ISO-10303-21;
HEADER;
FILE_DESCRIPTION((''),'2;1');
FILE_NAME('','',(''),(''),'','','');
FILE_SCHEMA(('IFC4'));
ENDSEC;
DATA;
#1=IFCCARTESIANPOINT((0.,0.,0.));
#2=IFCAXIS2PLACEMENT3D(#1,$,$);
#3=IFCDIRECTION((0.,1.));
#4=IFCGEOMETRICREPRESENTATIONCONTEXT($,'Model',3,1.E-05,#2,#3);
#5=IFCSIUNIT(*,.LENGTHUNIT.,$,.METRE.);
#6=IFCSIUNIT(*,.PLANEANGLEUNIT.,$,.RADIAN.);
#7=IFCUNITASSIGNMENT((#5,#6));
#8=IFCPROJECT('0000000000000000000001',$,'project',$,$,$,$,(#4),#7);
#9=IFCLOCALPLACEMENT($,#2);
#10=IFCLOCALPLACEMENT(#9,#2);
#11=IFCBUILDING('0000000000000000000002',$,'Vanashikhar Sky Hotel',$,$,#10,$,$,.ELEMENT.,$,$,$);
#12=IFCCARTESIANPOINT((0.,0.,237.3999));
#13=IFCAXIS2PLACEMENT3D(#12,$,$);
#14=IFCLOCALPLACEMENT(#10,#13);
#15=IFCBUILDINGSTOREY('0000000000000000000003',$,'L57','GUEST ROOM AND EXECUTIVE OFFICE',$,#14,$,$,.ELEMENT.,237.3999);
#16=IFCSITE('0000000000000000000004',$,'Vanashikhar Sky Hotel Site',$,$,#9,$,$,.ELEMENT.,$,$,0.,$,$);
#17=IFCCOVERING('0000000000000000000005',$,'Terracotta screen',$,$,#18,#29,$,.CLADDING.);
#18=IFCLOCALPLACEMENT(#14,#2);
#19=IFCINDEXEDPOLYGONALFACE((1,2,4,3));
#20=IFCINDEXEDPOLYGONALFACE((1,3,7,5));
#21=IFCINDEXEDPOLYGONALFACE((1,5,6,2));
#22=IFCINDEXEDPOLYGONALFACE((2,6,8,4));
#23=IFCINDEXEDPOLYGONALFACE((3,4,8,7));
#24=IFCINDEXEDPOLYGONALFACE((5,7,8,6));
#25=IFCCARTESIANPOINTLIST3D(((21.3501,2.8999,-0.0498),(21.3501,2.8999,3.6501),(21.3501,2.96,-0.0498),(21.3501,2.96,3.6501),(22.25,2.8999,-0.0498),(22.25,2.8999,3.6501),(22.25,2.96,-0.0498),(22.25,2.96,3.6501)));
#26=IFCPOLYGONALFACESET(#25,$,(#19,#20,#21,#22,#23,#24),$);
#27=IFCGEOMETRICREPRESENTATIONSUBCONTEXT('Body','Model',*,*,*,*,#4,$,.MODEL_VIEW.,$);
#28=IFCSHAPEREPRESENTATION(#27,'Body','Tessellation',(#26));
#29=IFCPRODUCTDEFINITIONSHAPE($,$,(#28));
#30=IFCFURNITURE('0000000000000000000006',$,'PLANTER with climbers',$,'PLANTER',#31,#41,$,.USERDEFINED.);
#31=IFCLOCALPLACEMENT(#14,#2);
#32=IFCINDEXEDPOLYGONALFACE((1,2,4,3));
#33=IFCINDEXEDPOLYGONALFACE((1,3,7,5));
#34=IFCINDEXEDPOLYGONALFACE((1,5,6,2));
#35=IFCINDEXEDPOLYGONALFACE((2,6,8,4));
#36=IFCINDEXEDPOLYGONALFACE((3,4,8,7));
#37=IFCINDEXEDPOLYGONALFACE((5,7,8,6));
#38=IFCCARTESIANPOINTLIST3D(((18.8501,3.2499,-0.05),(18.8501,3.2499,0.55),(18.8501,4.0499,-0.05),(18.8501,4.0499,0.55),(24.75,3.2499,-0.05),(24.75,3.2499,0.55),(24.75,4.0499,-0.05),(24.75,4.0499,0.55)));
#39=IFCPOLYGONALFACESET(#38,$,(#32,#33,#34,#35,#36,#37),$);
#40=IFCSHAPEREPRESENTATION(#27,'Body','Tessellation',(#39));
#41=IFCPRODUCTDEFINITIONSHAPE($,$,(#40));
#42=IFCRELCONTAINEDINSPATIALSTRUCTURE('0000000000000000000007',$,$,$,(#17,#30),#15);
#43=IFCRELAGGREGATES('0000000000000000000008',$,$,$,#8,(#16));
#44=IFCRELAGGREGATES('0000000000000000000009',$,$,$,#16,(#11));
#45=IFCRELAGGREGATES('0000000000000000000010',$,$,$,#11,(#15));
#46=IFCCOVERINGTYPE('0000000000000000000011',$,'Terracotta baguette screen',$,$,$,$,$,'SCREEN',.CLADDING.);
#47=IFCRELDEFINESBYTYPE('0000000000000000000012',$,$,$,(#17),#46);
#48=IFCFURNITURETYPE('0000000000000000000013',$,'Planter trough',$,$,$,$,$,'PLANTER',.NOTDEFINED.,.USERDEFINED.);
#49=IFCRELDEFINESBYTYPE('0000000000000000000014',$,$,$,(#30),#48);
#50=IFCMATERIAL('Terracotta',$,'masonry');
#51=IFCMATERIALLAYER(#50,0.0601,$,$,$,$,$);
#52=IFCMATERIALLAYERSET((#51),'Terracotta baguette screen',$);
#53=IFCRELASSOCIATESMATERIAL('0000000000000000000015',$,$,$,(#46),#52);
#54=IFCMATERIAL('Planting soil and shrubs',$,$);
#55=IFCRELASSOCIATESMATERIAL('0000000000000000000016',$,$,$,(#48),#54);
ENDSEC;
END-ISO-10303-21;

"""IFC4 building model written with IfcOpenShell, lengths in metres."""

from ifc_helpers import new_model, si_unit, direction, frame, origin, origin_2d, place, context, subcontext, project, spatial, rectangle, extrude, source, transform, mapped, material, layer, layer_set, type_object, element, save


model = new_model("IFC4")

# Units and contexts
model_context = context("Model", 3, precision=1e-05, world=origin(), true_north=direction((0.0, 1.0)))
body_context = subcontext(model_context, "Body", "Model", "MODEL_VIEW")
ifc_project = project(units=[si_unit("LENGTHUNIT", "METRE"), si_unit("PLANEANGLEUNIT", "RADIAN")], contexts=[model_context])

# Site, building, storey
site_placement = place(None, origin())
site = spatial("IfcSite", under=ifc_project, at=site_placement, Name="Vanashikhar Sky Hotel Site", CompositionType="ELEMENT", RefElevation=0.0)
building_placement = place(site_placement, origin())
building = spatial("IfcBuilding", under=site, at=building_placement, Name="Vanashikhar Sky Hotel", CompositionType="ELEMENT")
storey_placement = place(building_placement, frame((0.0, 0.0, 237.3999)))
storey = spatial("IfcBuildingStorey", under=building, at=storey_placement, Name="L57", Description="GUEST ROOM AND EXECUTIVE OFFICE", CompositionType="ELEMENT", Elevation=237.3999)

# Covering
ifc_material_1 = material(Name="Terracotta", Category="masonry")
ifc_layer_1 = layer(ifc_material_1, 0.0601)
ifc_layer_set_1 = layer_set([ifc_layer_1], Name="Terracotta baguette screen")
covering_type = type_object("IfcCoveringType", Name="Terracotta baguette screen", ElementType="SCREEN", PredefinedType="CLADDING", material=ifc_layer_set_1)
shared_shape_1 = source(origin(), body_context, "Body", "SweptSolid", [
    extrude(rectangle(XDim=0.8999, YDim=0.0601, at=origin_2d()), origin(), (0.0, 0.0, 1.0), 3.7),
])
for number, where, z_axis, x_axis, name in (
    (1, (21.8, 2.9299, -0.0498), (0.0, 0.0, 1.0), (1.0, 0.0, 0.0), "Terracotta screen"),
):
    element("IfcCovering", number, at=place(storey_placement, frame(where, z_axis=z_axis, x_axis=x_axis)), inside=storey, type_object=covering_type, Name=name, PredefinedType="CLADDING", context=body_context, shape_type="MappedRepresentation", body=[
        mapped(shared_shape_1, transform((0.0, 0.0, 0.0), scale=1.0)),
    ])

# Furniture
ifc_material_2 = material(Name="Planting soil and shrubs")
furniture_type = type_object("IfcFurnitureType", Name="Planter trough", ElementType="PLANTER", AssemblyPlace="NOTDEFINED", PredefinedType="USERDEFINED", material=ifc_material_2)
shared_shape_2 = source(origin(), body_context, "Body", "SweptSolid", [
    extrude(rectangle(XDim=5.8999, YDim=0.8, at=origin_2d()), origin(), (0.0, 0.0, 1.0), 0.6001),
])
furniture_placement = place(storey_placement, frame((21.8, 3.6499, -0.05), z_axis=(0.0, 0.0, 1.0), x_axis=(1.0, 0.0, 0.0)))
element("IfcFurniture", 2, at=furniture_placement, inside=storey, type_object=furniture_type, Name="PLANTER with climbers", ObjectType="PLANTER", PredefinedType="USERDEFINED", context=body_context, shape_type="MappedRepresentation", body=[
    mapped(shared_shape_2, transform((0.0, 0.0, 0.0), scale=1.0)),
])

save(model, "model.ifc")
